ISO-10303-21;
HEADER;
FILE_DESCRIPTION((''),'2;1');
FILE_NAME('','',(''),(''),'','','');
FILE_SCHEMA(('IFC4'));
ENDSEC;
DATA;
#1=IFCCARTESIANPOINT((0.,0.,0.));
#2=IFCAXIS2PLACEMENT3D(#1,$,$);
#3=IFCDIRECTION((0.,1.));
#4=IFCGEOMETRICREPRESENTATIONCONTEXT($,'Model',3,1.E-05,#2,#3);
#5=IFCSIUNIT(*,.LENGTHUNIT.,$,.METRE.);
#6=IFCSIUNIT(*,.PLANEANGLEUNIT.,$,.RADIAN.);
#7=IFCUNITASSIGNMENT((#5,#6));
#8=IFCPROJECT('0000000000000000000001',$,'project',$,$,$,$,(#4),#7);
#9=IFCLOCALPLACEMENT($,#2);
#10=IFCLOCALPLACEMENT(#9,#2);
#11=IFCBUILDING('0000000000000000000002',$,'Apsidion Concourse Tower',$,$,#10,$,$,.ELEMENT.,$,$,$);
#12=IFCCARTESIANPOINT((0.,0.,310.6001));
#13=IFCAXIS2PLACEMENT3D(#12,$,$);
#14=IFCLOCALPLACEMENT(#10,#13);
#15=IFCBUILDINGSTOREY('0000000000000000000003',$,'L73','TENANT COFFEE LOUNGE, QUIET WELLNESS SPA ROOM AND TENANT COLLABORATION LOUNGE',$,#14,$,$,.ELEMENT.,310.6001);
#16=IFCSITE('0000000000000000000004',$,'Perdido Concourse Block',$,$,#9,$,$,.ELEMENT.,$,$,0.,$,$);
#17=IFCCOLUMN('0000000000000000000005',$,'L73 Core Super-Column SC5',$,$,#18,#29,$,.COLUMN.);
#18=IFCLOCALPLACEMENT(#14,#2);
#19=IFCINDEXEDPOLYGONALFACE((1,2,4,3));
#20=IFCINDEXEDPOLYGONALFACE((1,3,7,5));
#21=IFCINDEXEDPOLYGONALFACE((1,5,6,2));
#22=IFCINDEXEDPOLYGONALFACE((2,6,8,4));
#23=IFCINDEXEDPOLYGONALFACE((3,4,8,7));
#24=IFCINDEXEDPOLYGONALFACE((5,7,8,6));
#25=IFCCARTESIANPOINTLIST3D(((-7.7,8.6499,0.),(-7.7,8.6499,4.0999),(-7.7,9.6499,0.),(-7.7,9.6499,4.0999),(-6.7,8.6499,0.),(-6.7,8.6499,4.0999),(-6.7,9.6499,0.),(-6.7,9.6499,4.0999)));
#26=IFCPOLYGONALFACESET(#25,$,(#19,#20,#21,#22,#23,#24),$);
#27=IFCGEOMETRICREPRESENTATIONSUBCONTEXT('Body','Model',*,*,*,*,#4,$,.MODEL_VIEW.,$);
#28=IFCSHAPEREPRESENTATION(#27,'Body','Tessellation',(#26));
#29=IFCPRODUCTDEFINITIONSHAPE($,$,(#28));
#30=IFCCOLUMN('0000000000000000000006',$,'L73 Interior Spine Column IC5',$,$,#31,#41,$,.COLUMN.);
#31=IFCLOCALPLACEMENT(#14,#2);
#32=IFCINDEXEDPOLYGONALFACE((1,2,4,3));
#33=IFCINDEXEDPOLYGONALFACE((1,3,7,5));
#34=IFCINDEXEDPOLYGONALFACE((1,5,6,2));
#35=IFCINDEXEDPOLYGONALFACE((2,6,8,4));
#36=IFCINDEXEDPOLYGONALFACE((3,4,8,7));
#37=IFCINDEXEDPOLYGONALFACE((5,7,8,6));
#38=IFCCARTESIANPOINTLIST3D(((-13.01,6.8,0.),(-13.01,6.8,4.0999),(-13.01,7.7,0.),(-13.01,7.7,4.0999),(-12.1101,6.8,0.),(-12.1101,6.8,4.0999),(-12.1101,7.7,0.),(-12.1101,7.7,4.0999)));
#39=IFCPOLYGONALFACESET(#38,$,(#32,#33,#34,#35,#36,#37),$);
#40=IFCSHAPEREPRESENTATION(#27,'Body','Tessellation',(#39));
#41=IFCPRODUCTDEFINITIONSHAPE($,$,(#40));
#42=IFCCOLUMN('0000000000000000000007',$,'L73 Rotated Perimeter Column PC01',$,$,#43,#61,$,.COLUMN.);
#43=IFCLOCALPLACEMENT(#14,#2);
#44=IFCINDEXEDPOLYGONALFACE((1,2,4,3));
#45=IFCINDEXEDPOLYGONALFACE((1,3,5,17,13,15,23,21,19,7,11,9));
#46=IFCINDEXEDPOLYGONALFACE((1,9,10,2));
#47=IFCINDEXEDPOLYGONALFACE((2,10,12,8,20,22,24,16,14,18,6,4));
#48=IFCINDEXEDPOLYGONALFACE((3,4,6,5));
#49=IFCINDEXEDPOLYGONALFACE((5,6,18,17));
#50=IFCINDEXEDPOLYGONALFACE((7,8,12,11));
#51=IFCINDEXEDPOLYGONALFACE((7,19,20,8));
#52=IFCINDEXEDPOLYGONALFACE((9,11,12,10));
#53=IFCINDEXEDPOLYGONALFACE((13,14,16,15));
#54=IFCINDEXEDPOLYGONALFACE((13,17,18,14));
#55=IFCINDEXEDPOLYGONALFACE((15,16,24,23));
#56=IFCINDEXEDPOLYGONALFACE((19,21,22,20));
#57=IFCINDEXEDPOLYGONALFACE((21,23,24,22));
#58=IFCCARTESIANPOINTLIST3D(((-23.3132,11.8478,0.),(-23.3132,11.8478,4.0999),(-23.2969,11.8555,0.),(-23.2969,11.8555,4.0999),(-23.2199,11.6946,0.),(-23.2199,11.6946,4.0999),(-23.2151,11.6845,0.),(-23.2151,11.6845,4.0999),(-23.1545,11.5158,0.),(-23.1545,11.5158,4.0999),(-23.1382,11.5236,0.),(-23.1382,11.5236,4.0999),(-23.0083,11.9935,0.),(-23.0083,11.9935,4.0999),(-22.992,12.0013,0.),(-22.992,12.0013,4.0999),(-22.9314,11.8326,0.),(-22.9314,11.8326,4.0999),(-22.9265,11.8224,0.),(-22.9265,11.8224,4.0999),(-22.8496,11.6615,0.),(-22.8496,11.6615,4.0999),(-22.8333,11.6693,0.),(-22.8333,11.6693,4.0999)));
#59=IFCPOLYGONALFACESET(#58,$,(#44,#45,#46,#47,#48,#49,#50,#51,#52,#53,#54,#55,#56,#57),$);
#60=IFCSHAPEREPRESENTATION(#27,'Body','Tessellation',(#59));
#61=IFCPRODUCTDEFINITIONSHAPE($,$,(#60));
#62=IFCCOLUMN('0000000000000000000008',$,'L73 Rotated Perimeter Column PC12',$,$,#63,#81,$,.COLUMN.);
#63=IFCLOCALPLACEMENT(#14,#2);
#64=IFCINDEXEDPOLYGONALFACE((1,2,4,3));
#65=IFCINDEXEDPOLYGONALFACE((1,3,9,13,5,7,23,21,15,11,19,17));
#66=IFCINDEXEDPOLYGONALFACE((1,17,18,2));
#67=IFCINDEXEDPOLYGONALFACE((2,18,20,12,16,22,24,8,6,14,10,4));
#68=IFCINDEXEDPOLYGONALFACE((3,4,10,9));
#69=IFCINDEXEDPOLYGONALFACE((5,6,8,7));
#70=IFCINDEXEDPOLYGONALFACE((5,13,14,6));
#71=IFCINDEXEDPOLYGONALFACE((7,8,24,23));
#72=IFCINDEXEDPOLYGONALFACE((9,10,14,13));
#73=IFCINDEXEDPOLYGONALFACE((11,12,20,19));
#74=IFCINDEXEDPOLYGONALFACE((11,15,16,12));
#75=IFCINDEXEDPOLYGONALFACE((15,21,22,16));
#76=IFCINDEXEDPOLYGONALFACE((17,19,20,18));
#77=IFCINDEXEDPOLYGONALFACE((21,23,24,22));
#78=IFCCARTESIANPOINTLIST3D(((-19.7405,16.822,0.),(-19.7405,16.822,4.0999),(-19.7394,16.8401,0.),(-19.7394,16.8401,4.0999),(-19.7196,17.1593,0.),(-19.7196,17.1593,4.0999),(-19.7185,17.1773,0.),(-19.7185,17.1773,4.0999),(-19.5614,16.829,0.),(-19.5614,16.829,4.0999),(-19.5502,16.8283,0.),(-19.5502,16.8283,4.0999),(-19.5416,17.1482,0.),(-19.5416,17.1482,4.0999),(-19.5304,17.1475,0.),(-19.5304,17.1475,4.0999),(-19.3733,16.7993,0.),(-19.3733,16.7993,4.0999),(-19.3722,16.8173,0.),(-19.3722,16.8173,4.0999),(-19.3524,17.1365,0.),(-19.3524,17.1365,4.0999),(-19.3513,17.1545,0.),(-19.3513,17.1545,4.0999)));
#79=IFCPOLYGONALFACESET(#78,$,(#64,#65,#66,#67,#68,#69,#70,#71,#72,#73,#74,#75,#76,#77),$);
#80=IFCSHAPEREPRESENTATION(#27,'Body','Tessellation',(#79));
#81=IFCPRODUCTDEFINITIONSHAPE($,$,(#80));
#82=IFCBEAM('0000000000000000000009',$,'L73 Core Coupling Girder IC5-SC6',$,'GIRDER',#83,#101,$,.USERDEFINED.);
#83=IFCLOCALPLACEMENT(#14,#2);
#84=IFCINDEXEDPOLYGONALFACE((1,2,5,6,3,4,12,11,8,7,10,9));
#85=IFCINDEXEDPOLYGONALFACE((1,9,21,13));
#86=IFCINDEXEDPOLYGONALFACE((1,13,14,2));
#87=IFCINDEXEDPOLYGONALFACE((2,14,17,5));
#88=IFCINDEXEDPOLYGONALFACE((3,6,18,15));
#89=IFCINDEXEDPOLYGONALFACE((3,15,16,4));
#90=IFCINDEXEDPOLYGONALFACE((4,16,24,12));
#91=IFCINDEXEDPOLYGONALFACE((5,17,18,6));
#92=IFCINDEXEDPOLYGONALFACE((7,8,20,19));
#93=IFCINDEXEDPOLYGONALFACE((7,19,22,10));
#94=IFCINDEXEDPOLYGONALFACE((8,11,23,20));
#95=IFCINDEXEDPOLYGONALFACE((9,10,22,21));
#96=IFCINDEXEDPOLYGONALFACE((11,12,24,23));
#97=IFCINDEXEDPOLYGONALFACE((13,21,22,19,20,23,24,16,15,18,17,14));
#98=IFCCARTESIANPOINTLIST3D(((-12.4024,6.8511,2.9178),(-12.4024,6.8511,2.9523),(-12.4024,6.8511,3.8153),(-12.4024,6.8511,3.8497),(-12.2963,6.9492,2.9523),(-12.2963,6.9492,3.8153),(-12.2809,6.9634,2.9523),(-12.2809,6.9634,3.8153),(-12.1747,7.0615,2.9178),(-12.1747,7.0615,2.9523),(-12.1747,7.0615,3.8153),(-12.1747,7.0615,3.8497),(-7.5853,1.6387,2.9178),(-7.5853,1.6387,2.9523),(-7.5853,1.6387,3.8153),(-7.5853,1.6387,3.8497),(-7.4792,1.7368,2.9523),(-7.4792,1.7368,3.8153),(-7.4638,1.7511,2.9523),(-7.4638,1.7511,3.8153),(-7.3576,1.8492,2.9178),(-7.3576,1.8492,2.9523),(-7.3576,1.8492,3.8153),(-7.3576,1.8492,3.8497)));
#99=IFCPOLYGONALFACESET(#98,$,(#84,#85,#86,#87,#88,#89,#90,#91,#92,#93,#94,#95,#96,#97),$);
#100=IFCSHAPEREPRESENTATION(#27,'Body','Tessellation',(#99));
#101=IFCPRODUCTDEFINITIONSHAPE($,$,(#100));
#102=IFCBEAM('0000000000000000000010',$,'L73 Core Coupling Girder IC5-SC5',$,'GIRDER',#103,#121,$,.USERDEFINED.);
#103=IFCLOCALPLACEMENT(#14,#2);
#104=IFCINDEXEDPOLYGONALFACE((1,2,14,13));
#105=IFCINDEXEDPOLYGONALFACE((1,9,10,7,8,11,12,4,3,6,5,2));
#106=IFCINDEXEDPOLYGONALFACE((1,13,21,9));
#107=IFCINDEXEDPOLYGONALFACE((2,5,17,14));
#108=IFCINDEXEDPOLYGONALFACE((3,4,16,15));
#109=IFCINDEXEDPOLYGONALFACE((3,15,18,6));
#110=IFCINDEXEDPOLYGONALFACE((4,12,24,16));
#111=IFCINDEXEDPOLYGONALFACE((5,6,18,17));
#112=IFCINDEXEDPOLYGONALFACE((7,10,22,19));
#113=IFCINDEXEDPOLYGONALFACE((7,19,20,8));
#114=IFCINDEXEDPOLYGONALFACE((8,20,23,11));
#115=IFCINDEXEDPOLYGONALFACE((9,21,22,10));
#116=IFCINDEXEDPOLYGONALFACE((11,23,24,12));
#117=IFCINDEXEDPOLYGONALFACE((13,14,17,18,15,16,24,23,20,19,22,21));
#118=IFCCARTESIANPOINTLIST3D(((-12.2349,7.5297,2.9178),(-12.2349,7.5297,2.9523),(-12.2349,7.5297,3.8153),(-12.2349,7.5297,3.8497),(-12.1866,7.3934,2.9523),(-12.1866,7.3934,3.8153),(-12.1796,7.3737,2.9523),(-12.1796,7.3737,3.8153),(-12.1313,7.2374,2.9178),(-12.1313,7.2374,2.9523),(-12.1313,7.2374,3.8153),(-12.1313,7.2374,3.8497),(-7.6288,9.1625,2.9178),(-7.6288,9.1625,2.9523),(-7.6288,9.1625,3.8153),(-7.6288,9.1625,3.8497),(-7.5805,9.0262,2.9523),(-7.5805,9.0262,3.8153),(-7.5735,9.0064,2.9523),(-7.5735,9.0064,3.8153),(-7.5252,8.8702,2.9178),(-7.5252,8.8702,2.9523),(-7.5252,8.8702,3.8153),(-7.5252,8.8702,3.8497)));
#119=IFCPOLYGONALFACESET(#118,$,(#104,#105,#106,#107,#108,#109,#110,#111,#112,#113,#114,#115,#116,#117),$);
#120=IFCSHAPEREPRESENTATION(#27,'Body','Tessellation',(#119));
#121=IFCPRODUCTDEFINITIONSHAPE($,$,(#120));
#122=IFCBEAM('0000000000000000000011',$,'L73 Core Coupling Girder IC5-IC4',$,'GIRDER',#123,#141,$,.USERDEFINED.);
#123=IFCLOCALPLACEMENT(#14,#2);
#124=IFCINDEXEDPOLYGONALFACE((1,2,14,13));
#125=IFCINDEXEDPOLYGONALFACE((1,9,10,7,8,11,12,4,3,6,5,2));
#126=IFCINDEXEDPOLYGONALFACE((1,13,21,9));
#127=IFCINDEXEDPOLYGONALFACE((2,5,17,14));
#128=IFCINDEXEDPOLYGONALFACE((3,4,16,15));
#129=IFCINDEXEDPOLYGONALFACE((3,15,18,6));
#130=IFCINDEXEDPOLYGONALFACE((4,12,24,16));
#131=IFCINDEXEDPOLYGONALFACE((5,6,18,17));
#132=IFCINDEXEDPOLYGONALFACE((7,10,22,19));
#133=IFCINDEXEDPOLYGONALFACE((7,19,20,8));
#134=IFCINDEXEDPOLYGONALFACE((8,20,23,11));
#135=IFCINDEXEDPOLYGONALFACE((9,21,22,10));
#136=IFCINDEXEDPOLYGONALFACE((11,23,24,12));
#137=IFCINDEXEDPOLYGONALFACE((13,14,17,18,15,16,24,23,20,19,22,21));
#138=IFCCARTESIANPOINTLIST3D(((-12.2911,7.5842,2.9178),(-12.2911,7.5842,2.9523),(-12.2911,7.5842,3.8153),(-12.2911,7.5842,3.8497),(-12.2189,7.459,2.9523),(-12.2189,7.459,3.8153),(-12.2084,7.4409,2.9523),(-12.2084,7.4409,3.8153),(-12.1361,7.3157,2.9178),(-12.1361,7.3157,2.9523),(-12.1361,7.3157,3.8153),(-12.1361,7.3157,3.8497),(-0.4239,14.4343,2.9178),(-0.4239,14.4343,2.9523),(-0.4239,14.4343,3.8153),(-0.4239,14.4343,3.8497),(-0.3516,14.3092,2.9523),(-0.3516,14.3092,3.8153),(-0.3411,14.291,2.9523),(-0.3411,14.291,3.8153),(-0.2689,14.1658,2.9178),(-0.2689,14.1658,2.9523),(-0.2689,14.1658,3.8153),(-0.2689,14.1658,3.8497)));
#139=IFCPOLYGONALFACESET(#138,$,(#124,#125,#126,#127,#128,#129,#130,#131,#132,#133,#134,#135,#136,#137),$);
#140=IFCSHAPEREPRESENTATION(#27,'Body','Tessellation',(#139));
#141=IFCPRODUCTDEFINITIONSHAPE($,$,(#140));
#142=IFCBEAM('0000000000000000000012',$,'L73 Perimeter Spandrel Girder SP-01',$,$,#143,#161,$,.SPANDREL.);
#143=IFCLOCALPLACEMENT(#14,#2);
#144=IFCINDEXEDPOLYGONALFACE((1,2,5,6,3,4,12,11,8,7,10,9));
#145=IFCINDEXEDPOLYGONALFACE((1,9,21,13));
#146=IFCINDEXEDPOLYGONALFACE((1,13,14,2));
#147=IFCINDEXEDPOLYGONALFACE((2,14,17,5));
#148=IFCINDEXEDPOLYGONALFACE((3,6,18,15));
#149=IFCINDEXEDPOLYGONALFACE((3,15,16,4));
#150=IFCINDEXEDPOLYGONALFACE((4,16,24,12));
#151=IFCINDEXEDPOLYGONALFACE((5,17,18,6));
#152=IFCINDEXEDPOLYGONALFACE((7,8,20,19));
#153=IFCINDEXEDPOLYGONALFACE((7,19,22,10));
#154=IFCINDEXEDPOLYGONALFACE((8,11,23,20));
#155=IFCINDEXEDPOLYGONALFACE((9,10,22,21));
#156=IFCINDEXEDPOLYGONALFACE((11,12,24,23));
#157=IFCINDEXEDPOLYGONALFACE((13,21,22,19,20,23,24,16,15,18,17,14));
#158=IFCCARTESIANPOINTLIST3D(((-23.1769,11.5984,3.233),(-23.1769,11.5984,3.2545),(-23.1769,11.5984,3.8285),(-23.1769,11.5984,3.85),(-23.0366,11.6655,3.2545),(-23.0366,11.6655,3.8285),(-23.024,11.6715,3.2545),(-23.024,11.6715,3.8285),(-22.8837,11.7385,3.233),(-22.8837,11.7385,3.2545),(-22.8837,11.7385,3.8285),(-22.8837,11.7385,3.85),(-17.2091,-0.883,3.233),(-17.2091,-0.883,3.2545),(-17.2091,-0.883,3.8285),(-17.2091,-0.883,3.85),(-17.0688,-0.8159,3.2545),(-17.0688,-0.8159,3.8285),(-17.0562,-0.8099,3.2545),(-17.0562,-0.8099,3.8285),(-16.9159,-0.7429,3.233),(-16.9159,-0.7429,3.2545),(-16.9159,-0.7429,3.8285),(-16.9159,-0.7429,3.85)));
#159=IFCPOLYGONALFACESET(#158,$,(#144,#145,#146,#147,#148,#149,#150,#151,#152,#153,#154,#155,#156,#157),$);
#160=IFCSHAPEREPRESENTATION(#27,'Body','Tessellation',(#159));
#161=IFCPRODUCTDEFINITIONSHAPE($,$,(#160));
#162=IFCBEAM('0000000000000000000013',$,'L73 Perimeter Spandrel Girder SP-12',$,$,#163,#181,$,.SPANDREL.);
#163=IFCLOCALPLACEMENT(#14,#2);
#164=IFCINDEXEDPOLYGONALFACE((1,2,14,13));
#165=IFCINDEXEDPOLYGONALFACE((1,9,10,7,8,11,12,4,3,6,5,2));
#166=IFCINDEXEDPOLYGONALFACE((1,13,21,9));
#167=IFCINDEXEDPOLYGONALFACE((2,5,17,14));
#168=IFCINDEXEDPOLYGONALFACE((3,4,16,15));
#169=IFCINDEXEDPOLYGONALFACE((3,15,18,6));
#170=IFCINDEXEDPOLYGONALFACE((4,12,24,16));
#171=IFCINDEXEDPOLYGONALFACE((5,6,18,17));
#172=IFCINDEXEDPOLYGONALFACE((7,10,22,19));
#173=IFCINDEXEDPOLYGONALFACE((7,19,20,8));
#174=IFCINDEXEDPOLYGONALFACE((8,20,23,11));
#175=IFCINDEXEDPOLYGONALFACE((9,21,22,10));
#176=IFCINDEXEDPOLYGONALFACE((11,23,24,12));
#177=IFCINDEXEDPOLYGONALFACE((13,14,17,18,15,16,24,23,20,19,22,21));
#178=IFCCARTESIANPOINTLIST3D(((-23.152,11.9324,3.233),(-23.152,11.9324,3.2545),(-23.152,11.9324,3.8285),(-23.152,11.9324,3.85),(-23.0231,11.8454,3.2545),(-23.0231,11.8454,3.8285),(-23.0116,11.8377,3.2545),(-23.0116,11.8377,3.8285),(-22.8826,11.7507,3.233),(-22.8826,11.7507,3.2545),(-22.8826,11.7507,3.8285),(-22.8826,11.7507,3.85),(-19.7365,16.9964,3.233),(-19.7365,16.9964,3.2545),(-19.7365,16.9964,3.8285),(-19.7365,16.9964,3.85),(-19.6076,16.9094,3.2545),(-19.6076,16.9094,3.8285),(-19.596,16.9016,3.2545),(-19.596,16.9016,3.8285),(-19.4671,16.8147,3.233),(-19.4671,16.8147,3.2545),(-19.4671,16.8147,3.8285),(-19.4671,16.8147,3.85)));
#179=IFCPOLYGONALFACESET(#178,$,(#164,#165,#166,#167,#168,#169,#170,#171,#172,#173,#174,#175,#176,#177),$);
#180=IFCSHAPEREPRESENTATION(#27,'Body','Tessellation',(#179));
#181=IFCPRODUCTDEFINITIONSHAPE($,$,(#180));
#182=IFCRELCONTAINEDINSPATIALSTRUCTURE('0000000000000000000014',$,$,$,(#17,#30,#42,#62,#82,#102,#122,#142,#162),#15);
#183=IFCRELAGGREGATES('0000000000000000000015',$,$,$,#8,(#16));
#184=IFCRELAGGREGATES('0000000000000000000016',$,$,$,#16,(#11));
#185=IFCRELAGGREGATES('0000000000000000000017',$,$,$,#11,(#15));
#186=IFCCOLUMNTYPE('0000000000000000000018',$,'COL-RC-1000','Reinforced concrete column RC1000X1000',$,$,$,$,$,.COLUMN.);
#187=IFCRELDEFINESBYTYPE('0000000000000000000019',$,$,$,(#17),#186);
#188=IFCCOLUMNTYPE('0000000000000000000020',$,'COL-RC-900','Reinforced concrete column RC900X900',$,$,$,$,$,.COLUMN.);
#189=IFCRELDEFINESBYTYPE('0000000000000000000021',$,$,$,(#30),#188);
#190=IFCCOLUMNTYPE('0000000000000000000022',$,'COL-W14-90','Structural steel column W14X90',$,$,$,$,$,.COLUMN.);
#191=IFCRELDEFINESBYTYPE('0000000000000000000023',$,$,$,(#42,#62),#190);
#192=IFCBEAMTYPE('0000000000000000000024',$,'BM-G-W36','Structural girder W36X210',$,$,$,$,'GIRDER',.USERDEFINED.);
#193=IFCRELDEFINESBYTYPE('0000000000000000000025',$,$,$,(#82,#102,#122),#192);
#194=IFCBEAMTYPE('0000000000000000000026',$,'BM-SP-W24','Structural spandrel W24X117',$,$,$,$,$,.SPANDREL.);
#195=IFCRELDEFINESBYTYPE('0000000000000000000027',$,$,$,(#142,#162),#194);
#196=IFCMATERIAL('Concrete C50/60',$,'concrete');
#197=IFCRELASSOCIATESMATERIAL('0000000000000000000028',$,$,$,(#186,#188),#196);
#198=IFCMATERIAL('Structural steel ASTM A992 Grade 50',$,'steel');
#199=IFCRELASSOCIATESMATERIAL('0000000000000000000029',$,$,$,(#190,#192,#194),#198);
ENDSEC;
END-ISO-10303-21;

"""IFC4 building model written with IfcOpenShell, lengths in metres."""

from ifc_helpers import new_model, si_unit, direction, frame, origin, origin_2d, place, context, subcontext, project, spatial, rectangle, i_section, extrude, material, material_profile, profile_set, type_object, element, save


model = new_model("IFC4")

# Units and contexts
model_context = context("Model", 3, precision=1e-05, world=origin(), true_north=direction((0.0, 1.0)))
body_context = subcontext(model_context, "Body", "Model", "MODEL_VIEW")
ifc_project = project(units=[si_unit("LENGTHUNIT", "METRE"), si_unit("PLANEANGLEUNIT", "RADIAN")], contexts=[model_context])

# Site, building, storey
site_placement = place(None, origin())
site = spatial("IfcSite", under=ifc_project, at=site_placement, Name="Perdido Concourse Block", CompositionType="ELEMENT", RefElevation=0.0)
building_placement = place(site_placement, origin())
building = spatial("IfcBuilding", under=site, at=building_placement, Name="Apsidion Concourse Tower", CompositionType="ELEMENT")
storey_placement = place(building_placement, frame((0.0, 0.0, 310.6001)))
storey = spatial("IfcBuildingStorey", under=building, at=storey_placement, Name="L73", Description="TENANT COFFEE LOUNGE, QUIET WELLNESS SPA ROOM AND TENANT COLLABORATION LOUNGE", CompositionType="ELEMENT", Elevation=310.6001)

# Columns
ifc_material_1 = material(Name="Concrete C50/60", Category="concrete")
ifc_material_profile_1 = material_profile(ifc_material_1, rectangle(XDim=1.0, YDim=1.0, at=origin_2d()), Name="RC 1000x1000")
ifc_profile_set_1 = profile_set([ifc_material_profile_1], Name="Concrete C50/60")
column_type_1 = type_object("IfcColumnType", Name="COL-RC-1000", Description="Reinforced concrete column RC1000X1000", PredefinedType="COLUMN", material=ifc_profile_set_1)
column_1_placement = place(storey_placement, frame((-7.2, 9.1499, 0.0), z_axis=(0.0, 0.0, 1.0), x_axis=(1.0, 0.0, 0.0)))
element("IfcColumn", 1, at=column_1_placement, inside=storey, type_object=column_type_1, Name="L73 Core Super-Column SC5", PredefinedType="COLUMN", context=body_context, shape_type="SweptSolid", body=[
    extrude(rectangle(XDim=1.0, YDim=1.0, at=origin_2d()), origin(), (0.0, 0.0, 1.0), 4.0999),
])
ifc_material_profile_2 = material_profile(ifc_material_1, rectangle(XDim=0.8999, YDim=0.8999, at=origin_2d()), Name="RC 900x900")
ifc_profile_set_2 = profile_set([ifc_material_profile_2], Name="Concrete C50/60")
column_type_2 = type_object("IfcColumnType", Name="COL-RC-900", Description="Reinforced concrete column RC900X900", PredefinedType="COLUMN", material=ifc_profile_set_2)
column_2_placement = place(storey_placement, frame((-12.5601, 7.25, 0.0), z_axis=(0.0, 0.0, 1.0), x_axis=(1.0, 0.0, 0.0)))
element("IfcColumn", 2, at=column_2_placement, inside=storey, type_object=column_type_2, Name="L73 Interior Spine Column IC5", PredefinedType="COLUMN", context=body_context, shape_type="SweptSolid", body=[
    extrude(rectangle(XDim=0.8999, YDim=0.8999, at=origin_2d()), origin(), (0.0, 0.0, 1.0), 4.0999),
])
ifc_material_2 = material(Name="Structural steel ASTM A992 Grade 50", Category="steel")
ifc_material_profile_3 = material_profile(ifc_material_2, i_section(OverallWidth=0.3679, OverallDepth=0.356, WebThickness=0.0112, FlangeThickness=0.0181, at=origin_2d()), Name="W14X90")
ifc_profile_set_3 = profile_set([ifc_material_profile_3], Name="Structural steel ASTM A992 Grade 50")
column_type_3 = type_object("IfcColumnType", Name="COL-W14-90", Description="Structural steel column W14X90", PredefinedType="COLUMN", material=ifc_profile_set_3)
for number, where, z_axis, x_axis, name in (
    (3, (-23.0732, 11.7585, 0.0), (0.0, 0.0, 1.0), (-0.431299, 0.902209, 0.0), "L73 Rotated Perimeter Column PC01"),
    (4, (-19.5459, 16.9883, 0.0), (0.0, 0.0, 1.0), (-0.998081, 0.06192, 0.0), "L73 Rotated Perimeter Column PC12"),
):
    element("IfcColumn", number, at=place(storey_placement, frame(where, z_axis=z_axis, x_axis=x_axis)), inside=storey, type_object=column_type_3, Name=name, PredefinedType="COLUMN", context=body_context, shape_type="SweptSolid", body=[
        extrude(i_section(OverallWidth=0.3679, OverallDepth=0.356, WebThickness=0.0112, FlangeThickness=0.0181, at=origin_2d()), origin(), (0.0, 0.0, 1.0), 4.0999),
    ])

# Beams
ifc_material_profile_4 = material_profile(ifc_material_2, i_section(OverallWidth=0.3101, OverallDepth=0.9319, WebThickness=0.021, FlangeThickness=0.0344, at=origin_2d()), Name="W36X210")
ifc_profile_set_4 = profile_set([ifc_material_profile_4], Name="Structural steel ASTM A992 Grade 50")
beam_type_1 = type_object("IfcBeamType", Name="BM-G-W36", Description="Structural girder W36X210", ElementType="GIRDER", PredefinedType="USERDEFINED", material=ifc_profile_set_4)
beam_1_placement = place(storey_placement, frame((-12.2886, 6.9563, 3.3838), z_axis=(0.678713, -0.734404, 0.0), x_axis=(0.734404, 0.678713, 0.0)))
element("IfcBeam", 5, at=beam_1_placement, inside=storey, type_object=beam_type_1, Name="L73 Core Coupling Girder IC5-SC6", ObjectType="GIRDER", PredefinedType="USERDEFINED", context=body_context, shape_type="SweptSolid", body=[
    extrude(i_section(OverallWidth=0.3101, OverallDepth=0.9319, WebThickness=0.021, FlangeThickness=0.0344, at=origin_2d()), origin(), (0.0, 0.0, 1.0), 7.0974),
])
beam_2_placement = place(storey_placement, frame((-12.1831, 7.3835, 3.3838), z_axis=(0.942534, 0.334111, 0.0), x_axis=(-0.334111, 0.942534, 0.0)))
element("IfcBeam", 6, at=beam_2_placement, inside=storey, type_object=beam_type_1, Name="L73 Core Coupling Girder IC5-SC5", ObjectType="GIRDER", PredefinedType="USERDEFINED", context=body_context, shape_type="SweptSolid", body=[
    extrude(i_section(OverallWidth=0.3101, OverallDepth=0.9319, WebThickness=0.021, FlangeThickness=0.0344, at=origin_2d()), origin(), (0.0, 0.0, 1.0), 4.887),
])
beam_3_placement = place(storey_placement, frame((-12.2136, 7.45, 3.3838), z_axis=(0.86607, 0.499922, 0.0), x_axis=(-0.499922, 0.86607, 0.0)))
element("IfcBeam", 7, at=beam_3_placement, inside=storey, type_object=beam_type_1, Name="L73 Core Coupling Girder IC5-IC4", ObjectType="GIRDER", PredefinedType="USERDEFINED", context=body_context, shape_type="SweptSolid", body=[
    extrude(i_section(OverallWidth=0.3101, OverallDepth=0.9319, WebThickness=0.021, FlangeThickness=0.0344, at=origin_2d()), origin(), (0.0, 0.0, 1.0), 13.7024),
])
ifc_material_profile_5 = material_profile(ifc_material_2, i_section(OverallWidth=0.325, OverallDepth=0.6169, WebThickness=0.0139, FlangeThickness=0.0215, at=origin_2d()), Name="W24X117")
ifc_profile_set_5 = profile_set([ifc_material_profile_5], Name="Structural steel ASTM A992 Grade 50")
beam_type_2 = type_object("IfcBeamType", Name="BM-SP-W24", Description="Structural spandrel W24X117", PredefinedType="SPANDREL", material=ifc_profile_set_5)
beam_4_placement = place(storey_placement, frame((-23.0303, 11.6685, 3.5415), z_axis=(0.431361, -0.90218, 0.0), x_axis=(0.90218, 0.431361, 0.0)))
element("IfcBeam", 8, at=beam_4_placement, inside=storey, type_object=beam_type_2, Name="L73 Perimeter Spandrel Girder SP-01", PredefinedType="SPANDREL", context=body_context, shape_type="SweptSolid", body=[
    extrude(i_section(OverallWidth=0.325, OverallDepth=0.6169, WebThickness=0.0139, FlangeThickness=0.0215, at=origin_2d()), origin(), (0.0, 0.0, 1.0), 13.8347),
])
beam_5_placement = place(storey_placement, frame((-19.6018, 16.9055, 3.5415), z_axis=(-0.559175, -0.82905, 0.0), x_axis=(0.82905, -0.559175, 0.0)))
element("IfcBeam", 9, at=beam_5_placement, inside=storey, type_object=beam_type_2, Name="L73 Perimeter Spandrel Girder SP-12", PredefinedType="SPANDREL", context=body_context, shape_type="SweptSolid", body=[
    extrude(i_section(OverallWidth=0.325, OverallDepth=0.6169, WebThickness=0.0139, FlangeThickness=0.0215, at=origin_2d()), origin(), (0.0, 0.0, 1.0), 6.1082),
])

save(model, "model.ifc")
